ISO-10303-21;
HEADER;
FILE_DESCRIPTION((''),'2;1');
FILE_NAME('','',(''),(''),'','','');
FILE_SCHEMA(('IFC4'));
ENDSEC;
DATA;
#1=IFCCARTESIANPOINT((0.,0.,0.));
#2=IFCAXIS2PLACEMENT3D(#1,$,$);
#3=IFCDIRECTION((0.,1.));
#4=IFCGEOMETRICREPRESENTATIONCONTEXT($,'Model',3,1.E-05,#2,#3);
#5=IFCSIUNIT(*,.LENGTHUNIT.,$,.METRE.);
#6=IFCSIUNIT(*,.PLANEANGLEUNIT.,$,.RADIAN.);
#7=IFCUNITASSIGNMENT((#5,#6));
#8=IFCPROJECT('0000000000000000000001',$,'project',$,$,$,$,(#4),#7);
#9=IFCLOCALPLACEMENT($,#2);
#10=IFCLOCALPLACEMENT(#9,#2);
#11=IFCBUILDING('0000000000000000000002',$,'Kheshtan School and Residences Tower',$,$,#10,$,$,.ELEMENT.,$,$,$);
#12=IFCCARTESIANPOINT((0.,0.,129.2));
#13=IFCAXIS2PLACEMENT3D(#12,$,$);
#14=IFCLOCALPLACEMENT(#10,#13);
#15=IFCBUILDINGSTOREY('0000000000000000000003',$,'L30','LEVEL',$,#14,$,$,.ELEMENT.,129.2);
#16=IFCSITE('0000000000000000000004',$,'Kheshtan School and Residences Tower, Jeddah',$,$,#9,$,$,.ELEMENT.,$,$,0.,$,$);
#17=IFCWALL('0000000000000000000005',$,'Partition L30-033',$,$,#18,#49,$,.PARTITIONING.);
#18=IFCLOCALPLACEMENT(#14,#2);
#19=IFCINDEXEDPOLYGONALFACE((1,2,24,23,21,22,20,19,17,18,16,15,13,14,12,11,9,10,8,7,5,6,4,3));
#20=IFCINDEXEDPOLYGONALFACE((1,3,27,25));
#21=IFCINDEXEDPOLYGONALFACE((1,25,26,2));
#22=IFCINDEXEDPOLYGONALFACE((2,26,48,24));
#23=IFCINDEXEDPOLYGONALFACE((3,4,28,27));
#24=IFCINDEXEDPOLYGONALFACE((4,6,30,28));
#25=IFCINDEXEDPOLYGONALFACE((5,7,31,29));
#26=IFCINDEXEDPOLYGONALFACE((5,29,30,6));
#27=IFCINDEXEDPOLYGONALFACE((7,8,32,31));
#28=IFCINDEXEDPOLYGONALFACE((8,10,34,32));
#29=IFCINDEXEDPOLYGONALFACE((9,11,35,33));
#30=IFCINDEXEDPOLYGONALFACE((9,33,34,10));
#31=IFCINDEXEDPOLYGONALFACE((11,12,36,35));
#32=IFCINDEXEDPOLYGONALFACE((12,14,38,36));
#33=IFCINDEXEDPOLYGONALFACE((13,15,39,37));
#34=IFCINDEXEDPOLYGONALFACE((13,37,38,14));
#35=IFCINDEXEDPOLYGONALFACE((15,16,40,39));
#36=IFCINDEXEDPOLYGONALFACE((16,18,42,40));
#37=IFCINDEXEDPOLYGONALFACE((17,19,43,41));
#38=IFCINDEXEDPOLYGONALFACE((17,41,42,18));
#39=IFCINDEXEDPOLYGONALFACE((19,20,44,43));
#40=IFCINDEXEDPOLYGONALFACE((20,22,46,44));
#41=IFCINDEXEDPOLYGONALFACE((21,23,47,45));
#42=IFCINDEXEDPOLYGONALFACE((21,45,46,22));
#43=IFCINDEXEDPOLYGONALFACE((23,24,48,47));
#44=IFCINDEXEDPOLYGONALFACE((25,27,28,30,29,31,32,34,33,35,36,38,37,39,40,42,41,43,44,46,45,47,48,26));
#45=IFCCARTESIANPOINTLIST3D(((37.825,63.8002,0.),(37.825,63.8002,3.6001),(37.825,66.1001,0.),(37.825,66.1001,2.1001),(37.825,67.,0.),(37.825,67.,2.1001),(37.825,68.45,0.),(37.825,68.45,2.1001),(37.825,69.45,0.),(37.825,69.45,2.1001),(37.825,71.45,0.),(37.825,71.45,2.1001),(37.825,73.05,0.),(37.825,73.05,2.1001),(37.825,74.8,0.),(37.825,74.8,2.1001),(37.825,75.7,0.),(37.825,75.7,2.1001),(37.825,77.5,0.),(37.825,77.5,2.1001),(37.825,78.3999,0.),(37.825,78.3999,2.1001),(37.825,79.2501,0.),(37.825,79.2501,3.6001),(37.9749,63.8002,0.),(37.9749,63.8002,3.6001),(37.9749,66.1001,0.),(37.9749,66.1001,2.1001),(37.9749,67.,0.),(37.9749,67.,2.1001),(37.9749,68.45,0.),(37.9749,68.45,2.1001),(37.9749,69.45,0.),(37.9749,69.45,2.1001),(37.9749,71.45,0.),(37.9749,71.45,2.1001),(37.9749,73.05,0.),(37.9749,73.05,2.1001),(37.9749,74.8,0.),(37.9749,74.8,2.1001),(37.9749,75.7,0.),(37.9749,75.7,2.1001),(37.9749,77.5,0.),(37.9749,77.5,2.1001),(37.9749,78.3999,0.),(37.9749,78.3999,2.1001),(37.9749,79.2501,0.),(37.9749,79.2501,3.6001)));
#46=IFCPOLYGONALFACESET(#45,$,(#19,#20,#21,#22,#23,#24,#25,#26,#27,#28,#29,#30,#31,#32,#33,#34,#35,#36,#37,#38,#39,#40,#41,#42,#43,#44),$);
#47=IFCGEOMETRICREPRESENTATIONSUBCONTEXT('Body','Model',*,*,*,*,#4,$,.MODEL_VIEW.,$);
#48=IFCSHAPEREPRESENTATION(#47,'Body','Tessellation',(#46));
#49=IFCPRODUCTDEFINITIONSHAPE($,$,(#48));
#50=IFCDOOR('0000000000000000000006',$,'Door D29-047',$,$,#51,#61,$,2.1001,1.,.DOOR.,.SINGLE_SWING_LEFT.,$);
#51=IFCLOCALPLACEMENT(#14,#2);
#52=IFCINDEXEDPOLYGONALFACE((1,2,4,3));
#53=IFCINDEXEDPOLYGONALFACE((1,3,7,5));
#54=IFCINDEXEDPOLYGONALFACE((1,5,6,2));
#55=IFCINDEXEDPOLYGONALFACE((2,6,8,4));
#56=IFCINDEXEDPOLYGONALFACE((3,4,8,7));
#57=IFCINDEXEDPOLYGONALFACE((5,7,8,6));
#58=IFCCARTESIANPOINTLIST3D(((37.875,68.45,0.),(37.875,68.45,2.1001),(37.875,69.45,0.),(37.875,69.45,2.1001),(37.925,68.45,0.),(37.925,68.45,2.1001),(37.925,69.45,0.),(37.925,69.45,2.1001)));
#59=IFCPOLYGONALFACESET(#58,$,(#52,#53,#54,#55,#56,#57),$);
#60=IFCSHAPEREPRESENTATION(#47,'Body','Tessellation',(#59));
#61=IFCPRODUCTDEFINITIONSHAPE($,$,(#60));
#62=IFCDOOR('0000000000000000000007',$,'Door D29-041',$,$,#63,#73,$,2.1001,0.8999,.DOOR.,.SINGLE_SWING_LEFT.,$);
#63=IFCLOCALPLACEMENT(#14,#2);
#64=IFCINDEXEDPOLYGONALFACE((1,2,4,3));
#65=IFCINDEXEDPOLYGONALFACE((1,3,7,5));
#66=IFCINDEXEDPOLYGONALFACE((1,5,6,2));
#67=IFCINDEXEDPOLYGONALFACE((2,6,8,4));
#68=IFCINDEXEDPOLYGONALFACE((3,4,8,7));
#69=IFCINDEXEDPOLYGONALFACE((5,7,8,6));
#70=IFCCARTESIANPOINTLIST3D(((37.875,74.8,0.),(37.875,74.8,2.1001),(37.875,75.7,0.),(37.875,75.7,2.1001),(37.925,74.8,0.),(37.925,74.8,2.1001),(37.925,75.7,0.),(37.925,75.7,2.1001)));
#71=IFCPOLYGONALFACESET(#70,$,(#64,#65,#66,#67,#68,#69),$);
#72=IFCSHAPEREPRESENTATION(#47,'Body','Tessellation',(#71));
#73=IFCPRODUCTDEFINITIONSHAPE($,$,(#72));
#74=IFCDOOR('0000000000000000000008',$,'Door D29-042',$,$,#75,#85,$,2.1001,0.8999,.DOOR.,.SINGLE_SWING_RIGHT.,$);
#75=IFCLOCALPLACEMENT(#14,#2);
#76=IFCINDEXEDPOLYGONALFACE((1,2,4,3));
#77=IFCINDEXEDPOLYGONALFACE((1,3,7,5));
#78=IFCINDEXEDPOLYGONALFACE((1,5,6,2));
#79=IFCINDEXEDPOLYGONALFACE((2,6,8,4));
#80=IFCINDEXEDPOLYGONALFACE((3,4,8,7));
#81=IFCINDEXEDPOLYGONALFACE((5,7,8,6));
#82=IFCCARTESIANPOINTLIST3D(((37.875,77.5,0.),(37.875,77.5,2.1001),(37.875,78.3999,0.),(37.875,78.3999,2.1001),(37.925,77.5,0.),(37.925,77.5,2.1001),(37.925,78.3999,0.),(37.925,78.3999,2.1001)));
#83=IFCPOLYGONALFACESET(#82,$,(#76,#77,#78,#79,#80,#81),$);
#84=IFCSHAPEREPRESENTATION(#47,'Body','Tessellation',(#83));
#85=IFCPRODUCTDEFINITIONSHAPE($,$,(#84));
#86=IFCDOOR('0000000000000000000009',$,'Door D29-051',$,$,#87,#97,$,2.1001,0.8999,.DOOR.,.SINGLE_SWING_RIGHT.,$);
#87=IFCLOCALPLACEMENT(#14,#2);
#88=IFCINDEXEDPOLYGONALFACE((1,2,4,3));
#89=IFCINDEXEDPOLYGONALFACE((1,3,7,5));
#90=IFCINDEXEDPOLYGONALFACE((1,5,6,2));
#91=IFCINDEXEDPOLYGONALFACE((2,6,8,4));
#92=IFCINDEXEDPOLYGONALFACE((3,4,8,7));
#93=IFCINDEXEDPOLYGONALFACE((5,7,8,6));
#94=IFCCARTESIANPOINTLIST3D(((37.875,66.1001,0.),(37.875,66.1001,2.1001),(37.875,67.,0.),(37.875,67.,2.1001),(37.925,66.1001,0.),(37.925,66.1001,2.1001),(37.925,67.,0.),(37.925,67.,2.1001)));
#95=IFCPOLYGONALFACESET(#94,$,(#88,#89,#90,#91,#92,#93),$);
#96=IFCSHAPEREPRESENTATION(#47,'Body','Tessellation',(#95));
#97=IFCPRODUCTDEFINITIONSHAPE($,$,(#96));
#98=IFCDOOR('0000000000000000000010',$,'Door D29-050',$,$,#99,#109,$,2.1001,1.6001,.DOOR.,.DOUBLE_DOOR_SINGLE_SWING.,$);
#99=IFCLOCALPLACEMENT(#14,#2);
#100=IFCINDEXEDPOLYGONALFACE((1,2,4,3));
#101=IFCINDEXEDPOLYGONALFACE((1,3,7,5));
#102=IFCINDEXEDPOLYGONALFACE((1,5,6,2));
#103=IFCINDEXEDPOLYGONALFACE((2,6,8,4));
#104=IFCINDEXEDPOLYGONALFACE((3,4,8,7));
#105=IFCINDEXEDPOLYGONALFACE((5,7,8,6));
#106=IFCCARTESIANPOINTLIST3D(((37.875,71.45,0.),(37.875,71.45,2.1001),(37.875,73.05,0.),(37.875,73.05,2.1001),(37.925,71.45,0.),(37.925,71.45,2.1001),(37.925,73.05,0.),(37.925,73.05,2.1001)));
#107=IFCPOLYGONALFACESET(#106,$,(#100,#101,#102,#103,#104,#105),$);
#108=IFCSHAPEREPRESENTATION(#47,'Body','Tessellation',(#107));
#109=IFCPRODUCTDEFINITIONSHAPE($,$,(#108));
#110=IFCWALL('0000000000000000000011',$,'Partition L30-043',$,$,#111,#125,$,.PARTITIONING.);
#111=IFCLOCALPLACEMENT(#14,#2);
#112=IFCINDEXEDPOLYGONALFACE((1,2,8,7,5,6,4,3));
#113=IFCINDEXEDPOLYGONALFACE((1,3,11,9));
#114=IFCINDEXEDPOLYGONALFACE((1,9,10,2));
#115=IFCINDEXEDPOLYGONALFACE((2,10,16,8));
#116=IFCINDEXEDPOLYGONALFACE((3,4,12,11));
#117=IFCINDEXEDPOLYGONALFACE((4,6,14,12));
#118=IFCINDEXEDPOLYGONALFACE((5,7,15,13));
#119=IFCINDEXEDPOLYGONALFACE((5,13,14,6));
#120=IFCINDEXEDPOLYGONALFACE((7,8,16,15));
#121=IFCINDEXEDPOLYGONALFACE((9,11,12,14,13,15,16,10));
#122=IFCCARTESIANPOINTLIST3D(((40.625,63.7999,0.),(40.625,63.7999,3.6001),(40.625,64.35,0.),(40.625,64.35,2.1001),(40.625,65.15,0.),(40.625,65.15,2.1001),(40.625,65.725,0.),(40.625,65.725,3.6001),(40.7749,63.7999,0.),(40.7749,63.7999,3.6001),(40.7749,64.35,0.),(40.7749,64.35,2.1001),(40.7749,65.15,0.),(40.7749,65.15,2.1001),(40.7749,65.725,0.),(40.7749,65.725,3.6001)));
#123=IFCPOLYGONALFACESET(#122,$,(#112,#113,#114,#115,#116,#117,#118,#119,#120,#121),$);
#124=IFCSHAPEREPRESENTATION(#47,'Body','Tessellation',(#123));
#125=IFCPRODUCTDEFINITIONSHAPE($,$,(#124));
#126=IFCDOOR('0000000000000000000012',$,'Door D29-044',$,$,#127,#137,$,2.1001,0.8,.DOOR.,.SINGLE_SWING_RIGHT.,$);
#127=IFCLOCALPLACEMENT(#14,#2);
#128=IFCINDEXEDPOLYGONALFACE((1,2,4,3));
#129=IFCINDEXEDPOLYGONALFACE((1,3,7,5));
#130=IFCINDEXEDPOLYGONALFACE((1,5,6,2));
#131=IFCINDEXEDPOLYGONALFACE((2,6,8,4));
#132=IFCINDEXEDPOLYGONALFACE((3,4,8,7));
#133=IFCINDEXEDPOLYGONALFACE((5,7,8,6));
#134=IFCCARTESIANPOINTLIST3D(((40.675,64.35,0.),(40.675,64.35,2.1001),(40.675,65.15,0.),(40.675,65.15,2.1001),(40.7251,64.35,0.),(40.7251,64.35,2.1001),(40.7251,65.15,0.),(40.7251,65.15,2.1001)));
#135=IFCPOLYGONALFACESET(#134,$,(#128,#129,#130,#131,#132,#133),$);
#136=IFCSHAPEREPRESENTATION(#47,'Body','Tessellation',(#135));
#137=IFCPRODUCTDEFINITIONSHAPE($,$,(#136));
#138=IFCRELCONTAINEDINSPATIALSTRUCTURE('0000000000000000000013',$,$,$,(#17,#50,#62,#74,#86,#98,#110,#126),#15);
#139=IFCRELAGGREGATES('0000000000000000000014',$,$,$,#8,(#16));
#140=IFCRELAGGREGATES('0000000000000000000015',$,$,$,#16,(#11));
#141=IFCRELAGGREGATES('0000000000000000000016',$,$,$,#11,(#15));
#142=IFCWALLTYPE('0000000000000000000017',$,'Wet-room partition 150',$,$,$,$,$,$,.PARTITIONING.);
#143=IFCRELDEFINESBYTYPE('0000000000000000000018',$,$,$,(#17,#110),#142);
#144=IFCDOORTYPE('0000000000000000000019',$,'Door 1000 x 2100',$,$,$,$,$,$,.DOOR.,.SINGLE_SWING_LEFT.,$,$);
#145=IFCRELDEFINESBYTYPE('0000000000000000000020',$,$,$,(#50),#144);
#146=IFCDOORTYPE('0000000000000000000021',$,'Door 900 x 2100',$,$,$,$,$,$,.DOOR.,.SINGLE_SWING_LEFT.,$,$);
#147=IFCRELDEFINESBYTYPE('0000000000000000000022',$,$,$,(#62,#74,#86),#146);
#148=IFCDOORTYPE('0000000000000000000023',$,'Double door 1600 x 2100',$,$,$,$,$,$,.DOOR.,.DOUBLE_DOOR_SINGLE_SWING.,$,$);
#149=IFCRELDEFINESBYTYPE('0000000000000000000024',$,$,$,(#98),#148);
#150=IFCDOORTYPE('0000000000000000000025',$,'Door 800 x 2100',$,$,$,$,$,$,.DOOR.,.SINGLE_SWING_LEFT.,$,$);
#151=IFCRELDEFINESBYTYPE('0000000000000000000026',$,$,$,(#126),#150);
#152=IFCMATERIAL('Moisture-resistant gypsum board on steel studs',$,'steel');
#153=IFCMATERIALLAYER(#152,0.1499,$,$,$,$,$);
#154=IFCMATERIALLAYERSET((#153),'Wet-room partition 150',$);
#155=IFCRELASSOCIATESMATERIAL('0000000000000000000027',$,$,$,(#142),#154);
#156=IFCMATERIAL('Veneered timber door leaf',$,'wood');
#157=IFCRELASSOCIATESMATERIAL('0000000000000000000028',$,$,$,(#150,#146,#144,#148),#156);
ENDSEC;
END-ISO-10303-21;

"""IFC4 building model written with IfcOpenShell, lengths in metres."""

from ifc_helpers import new_model, si_unit, direction, frame, frame_2d, origin, place, context, subcontext, project, spatial, rectangle, extrude, source, transform, mapped, material, layer, layer_set, type_object, element, fill, save


model = new_model("IFC4")

# Units and contexts
model_context = context("Model", 3, precision=1e-05, world=origin(), true_north=direction((0.0, 1.0)))
body_context = subcontext(model_context, "Body", "Model", "MODEL_VIEW")
ifc_project = project(units=[si_unit("LENGTHUNIT", "METRE"), si_unit("PLANEANGLEUNIT", "RADIAN")], contexts=[model_context])

# Site, building, storey
site_placement = place(None, origin())
site = spatial("IfcSite", under=ifc_project, at=site_placement, Name="Kheshtan School and Residences Tower, Jeddah", CompositionType="ELEMENT", RefElevation=0.0)
building_placement = place(site_placement, origin())
building = spatial("IfcBuilding", under=site, at=building_placement, Name="Kheshtan School and Residences Tower", CompositionType="ELEMENT")
storey_placement = place(building_placement, frame((0.0, 0.0, 129.2)))
storey = spatial("IfcBuildingStorey", under=building, at=storey_placement, Name="L30", Description="LEVEL", CompositionType="ELEMENT", Elevation=129.2)

# Wall, openings, doors
ifc_material_1 = material(Name="Moisture-resistant gypsum board on steel studs", Category="steel")
ifc_layer_1 = layer(ifc_material_1, 0.1499)
ifc_layer_set_1 = layer_set([ifc_layer_1], Name="Wet-room partition 150")
wall_type_1 = type_object("IfcWallType", Name="Wet-room partition 150", PredefinedType="PARTITIONING", material=ifc_layer_set_1)
ifc_material_2 = material(Name="Veneered timber door leaf", Category="wood")
door_type_1 = type_object("IfcDoorType", Name="Door 800 x 2100", OperationType="SINGLE_SWING_LEFT", PredefinedType="DOOR", material=ifc_material_2)
shared_shape_1 = source(origin(), body_context, "Body", "SweptSolid", [
    extrude(rectangle(XDim=0.8, YDim=2.1001, at=frame_2d((0.3999, 1.05))), frame((0.0, 0.0249, 0.0), z_axis=(0.0, -1.0, 0.0), x_axis=(1.0, 0.0, 0.0)), (0.0, 0.0, 1.0), 0.05),
])
door_type_2 = type_object("IfcDoorType", Name="Door 900 x 2100", OperationType="SINGLE_SWING_LEFT", PredefinedType="DOOR", material=ifc_material_2)
shared_shape_2 = source(origin(), body_context, "Body", "SweptSolid", [
    extrude(rectangle(XDim=0.8999, YDim=2.1001, at=frame_2d((0.45, 1.05))), frame((0.0, 0.0249, 0.0), z_axis=(0.0, -1.0, 0.0), x_axis=(1.0, 0.0, 0.0)), (0.0, 0.0, 1.0), 0.05),
])
wall_1_placement = place(storey_placement, frame((37.8999, 63.8, 0.0), z_axis=(0.0, 0.0, 1.0), x_axis=(0.0, 1.0, 0.0)))
wall_1 = element("IfcWall", 1, at=wall_1_placement, inside=storey, type_object=wall_type_1, Name="Partition L30-033", PredefinedType="PARTITIONING", context=body_context, shape_type="SweptSolid", body=[
    extrude(rectangle(XDim=15.45, YDim=0.1499, at=frame_2d((7.7251, 0.0))), origin(), (0.0, 0.0, 1.0), 3.6001),
])
opening_1_placement = place(wall_1_placement, frame((11.0, 0.0, 0.0)))
opening_1 = element("IfcOpeningElement", 2, at=opening_1_placement, cuts=wall_1, PredefinedType="OPENING", context=body_context, shape_type="SweptSolid", body=[
    extrude(rectangle(XDim=0.8999, YDim=2.1001, at=frame_2d((0.45, 1.05))), frame((0.0, 0.085, 0.0), z_axis=(0.0, -1.0, 0.0), x_axis=(1.0, 0.0, 0.0)), (0.0, 0.0, 1.0), 0.1699),
])
opening_2_placement = place(wall_1_placement, frame((13.7, 0.0, 0.0)))
opening_2 = element("IfcOpeningElement", 3, at=opening_2_placement, cuts=wall_1, PredefinedType="OPENING", context=body_context, shape_type="SweptSolid", body=[
    extrude(rectangle(XDim=0.8999, YDim=2.1001, at=frame_2d((0.45, 1.05))), frame((0.0, 0.085, 0.0), z_axis=(0.0, -1.0, 0.0), x_axis=(1.0, 0.0, 0.0)), (0.0, 0.0, 1.0), 0.1699),
])
opening_3_placement = place(wall_1_placement, frame((4.6499, 0.0, 0.0)))
opening_3 = element("IfcOpeningElement", 4, at=opening_3_placement, cuts=wall_1, PredefinedType="OPENING", context=body_context, shape_type="SweptSolid", body=[
    extrude(rectangle(XDim=1.0, YDim=2.1001, at=frame_2d((0.5, 1.05))), frame((0.0, 0.085, 0.0), z_axis=(0.0, -1.0, 0.0), x_axis=(1.0, 0.0, 0.0)), (0.0, 0.0, 1.0), 0.1699),
])
opening_4_placement = place(wall_1_placement, frame((7.6499, 0.0, 0.0)))
opening_4 = element("IfcOpeningElement", 5, at=opening_4_placement, cuts=wall_1, PredefinedType="OPENING", context=body_context, shape_type="SweptSolid", body=[
    extrude(rectangle(XDim=1.6001, YDim=2.1001, at=frame_2d((0.8, 1.05))), frame((0.0, 0.085, 0.0), z_axis=(0.0, -1.0, 0.0), x_axis=(1.0, 0.0, 0.0)), (0.0, 0.0, 1.0), 0.1699),
])
opening_5_placement = place(wall_1_placement, frame((2.3, 0.0, 0.0)))
opening_5 = element("IfcOpeningElement", 6, at=opening_5_placement, cuts=wall_1, PredefinedType="OPENING", context=body_context, shape_type="SweptSolid", body=[
    extrude(rectangle(XDim=0.8999, YDim=2.1001, at=frame_2d((0.45, 1.05))), frame((0.0, 0.085, 0.0), z_axis=(0.0, -1.0, 0.0), x_axis=(1.0, 0.0, 0.0)), (0.0, 0.0, 1.0), 0.1699),
])
door_type_3 = type_object("IfcDoorType", Name="Door 1000 x 2100", OperationType="SINGLE_SWING_LEFT", PredefinedType="DOOR", material=ifc_material_2)
shared_shape_3 = source(origin(), body_context, "Body", "SweptSolid", [
    extrude(rectangle(XDim=1.0, YDim=2.1001, at=frame_2d((0.5, 1.05))), frame((0.0, 0.0249, 0.0), z_axis=(0.0, -1.0, 0.0), x_axis=(1.0, 0.0, 0.0)), (0.0, 0.0, 1.0), 0.05),
])
door_1_placement = place(opening_3_placement, origin())
door_1 = element("IfcDoor", 7, at=door_1_placement, inside=storey, type_object=door_type_3, Name="Door D29-047", OperationType="SINGLE_SWING_LEFT", OverallHeight=2.1001, OverallWidth=1.0, PredefinedType="DOOR", context=body_context, shape_type="MappedRepresentation", body=[
    mapped(shared_shape_3, transform((0.0, 0.0, 0.0), x_axis=(1.0, 0.0, 0.0), y_axis=(0.0, 1.0, 0.0), z_axis=(0.0, 0.0, 1.0), scale=1.0)),
])
fill(opening_3, door_1)
door_2_placement = place(opening_1_placement, origin())
door_2 = element("IfcDoor", 8, at=door_2_placement, inside=storey, type_object=door_type_2, Name="Door D29-041", OperationType="SINGLE_SWING_LEFT", OverallHeight=2.1001, OverallWidth=0.8999, PredefinedType="DOOR", context=body_context, shape_type="MappedRepresentation", body=[
    mapped(shared_shape_2, transform((0.0, 0.0, 0.0), x_axis=(1.0, 0.0, 0.0), y_axis=(0.0, 1.0, 0.0), z_axis=(0.0, 0.0, 1.0), scale=1.0)),
])
fill(opening_1, door_2)
door_3_placement = place(opening_2_placement, origin())
door_3 = element("IfcDoor", 9, at=door_3_placement, inside=storey, type_object=door_type_2, Name="Door D29-042", OperationType="SINGLE_SWING_RIGHT", OverallHeight=2.1001, OverallWidth=0.8999, PredefinedType="DOOR", context=body_context, shape_type="MappedRepresentation", body=[
    mapped(shared_shape_2, transform((0.0, 0.0, 0.0), x_axis=(1.0, 0.0, 0.0), y_axis=(0.0, 1.0, 0.0), z_axis=(0.0, 0.0, 1.0), scale=1.0)),
])
fill(opening_2, door_3)
door_4_placement = place(opening_5_placement, origin())
door_4 = element("IfcDoor", 10, at=door_4_placement, inside=storey, type_object=door_type_2, Name="Door D29-051", OperationType="SINGLE_SWING_RIGHT", OverallHeight=2.1001, OverallWidth=0.8999, PredefinedType="DOOR", context=body_context, shape_type="MappedRepresentation", body=[
    mapped(shared_shape_2, transform((0.0, 0.0, 0.0), x_axis=(1.0, 0.0, 0.0), y_axis=(0.0, 1.0, 0.0), z_axis=(0.0, 0.0, 1.0), scale=1.0)),
])
fill(opening_5, door_4)
door_type_4 = type_object("IfcDoorType", Name="Double door 1600 x 2100", OperationType="DOUBLE_DOOR_SINGLE_SWING", PredefinedType="DOOR", material=ifc_material_2)
shared_shape_4 = source(origin(), body_context, "Body", "SweptSolid", [
    extrude(rectangle(XDim=1.6001, YDim=2.1001, at=frame_2d((0.8, 1.05))), frame((0.0, 0.0249, 0.0), z_axis=(0.0, -1.0, 0.0), x_axis=(1.0, 0.0, 0.0)), (0.0, 0.0, 1.0), 0.05),
])
door_5_placement = place(opening_4_placement, origin())
door_5 = element("IfcDoor", 11, at=door_5_placement, inside=storey, type_object=door_type_4, Name="Door D29-050", OperationType="DOUBLE_DOOR_SINGLE_SWING", OverallHeight=2.1001, OverallWidth=1.6001, PredefinedType="DOOR", context=body_context, shape_type="MappedRepresentation", body=[
    mapped(shared_shape_4, transform((0.0, 0.0, 0.0), x_axis=(1.0, 0.0, 0.0), y_axis=(0.0, 1.0, 0.0), z_axis=(0.0, 0.0, 1.0), scale=1.0)),
])
fill(opening_4, door_5)

# Wall, opening, door
wall_2_placement = place(storey_placement, frame((40.7, 63.8, 0.0), z_axis=(0.0, 0.0, 1.0), x_axis=(0.0, 1.0, 0.0)))
wall_2 = element("IfcWall", 12, at=wall_2_placement, inside=storey, type_object=wall_type_1, Name="Partition L30-043", PredefinedType="PARTITIONING", context=body_context, shape_type="SweptSolid", body=[
    extrude(rectangle(XDim=1.925, YDim=0.1499, at=frame_2d((0.9624, 0.0))), origin(), (0.0, 0.0, 1.0), 3.6001),
])
opening_6_placement = place(wall_2_placement, frame((0.55, 0.0, 0.0)))
opening_6 = element("IfcOpeningElement", 13, at=opening_6_placement, cuts=wall_2, PredefinedType="OPENING", context=body_context, shape_type="SweptSolid", body=[
    extrude(rectangle(XDim=0.8, YDim=2.1001, at=frame_2d((0.3999, 1.05))), frame((0.0, 0.085, 0.0), z_axis=(0.0, -1.0, 0.0), x_axis=(1.0, 0.0, 0.0)), (0.0, 0.0, 1.0), 0.1699),
])
door_6_placement = place(opening_6_placement, origin())
door_6 = element("IfcDoor", 14, at=door_6_placement, inside=storey, type_object=door_type_1, Name="Door D29-044", OperationType="SINGLE_SWING_RIGHT", OverallHeight=2.1001, OverallWidth=0.8, PredefinedType="DOOR", context=body_context, shape_type="MappedRepresentation", body=[
    mapped(shared_shape_1, transform((0.0, 0.0, 0.0), x_axis=(1.0, 0.0, 0.0), y_axis=(0.0, 1.0, 0.0), z_axis=(0.0, 0.0, 1.0), scale=1.0)),
])
fill(opening_6, door_6)

save(model, "model.ifc")
